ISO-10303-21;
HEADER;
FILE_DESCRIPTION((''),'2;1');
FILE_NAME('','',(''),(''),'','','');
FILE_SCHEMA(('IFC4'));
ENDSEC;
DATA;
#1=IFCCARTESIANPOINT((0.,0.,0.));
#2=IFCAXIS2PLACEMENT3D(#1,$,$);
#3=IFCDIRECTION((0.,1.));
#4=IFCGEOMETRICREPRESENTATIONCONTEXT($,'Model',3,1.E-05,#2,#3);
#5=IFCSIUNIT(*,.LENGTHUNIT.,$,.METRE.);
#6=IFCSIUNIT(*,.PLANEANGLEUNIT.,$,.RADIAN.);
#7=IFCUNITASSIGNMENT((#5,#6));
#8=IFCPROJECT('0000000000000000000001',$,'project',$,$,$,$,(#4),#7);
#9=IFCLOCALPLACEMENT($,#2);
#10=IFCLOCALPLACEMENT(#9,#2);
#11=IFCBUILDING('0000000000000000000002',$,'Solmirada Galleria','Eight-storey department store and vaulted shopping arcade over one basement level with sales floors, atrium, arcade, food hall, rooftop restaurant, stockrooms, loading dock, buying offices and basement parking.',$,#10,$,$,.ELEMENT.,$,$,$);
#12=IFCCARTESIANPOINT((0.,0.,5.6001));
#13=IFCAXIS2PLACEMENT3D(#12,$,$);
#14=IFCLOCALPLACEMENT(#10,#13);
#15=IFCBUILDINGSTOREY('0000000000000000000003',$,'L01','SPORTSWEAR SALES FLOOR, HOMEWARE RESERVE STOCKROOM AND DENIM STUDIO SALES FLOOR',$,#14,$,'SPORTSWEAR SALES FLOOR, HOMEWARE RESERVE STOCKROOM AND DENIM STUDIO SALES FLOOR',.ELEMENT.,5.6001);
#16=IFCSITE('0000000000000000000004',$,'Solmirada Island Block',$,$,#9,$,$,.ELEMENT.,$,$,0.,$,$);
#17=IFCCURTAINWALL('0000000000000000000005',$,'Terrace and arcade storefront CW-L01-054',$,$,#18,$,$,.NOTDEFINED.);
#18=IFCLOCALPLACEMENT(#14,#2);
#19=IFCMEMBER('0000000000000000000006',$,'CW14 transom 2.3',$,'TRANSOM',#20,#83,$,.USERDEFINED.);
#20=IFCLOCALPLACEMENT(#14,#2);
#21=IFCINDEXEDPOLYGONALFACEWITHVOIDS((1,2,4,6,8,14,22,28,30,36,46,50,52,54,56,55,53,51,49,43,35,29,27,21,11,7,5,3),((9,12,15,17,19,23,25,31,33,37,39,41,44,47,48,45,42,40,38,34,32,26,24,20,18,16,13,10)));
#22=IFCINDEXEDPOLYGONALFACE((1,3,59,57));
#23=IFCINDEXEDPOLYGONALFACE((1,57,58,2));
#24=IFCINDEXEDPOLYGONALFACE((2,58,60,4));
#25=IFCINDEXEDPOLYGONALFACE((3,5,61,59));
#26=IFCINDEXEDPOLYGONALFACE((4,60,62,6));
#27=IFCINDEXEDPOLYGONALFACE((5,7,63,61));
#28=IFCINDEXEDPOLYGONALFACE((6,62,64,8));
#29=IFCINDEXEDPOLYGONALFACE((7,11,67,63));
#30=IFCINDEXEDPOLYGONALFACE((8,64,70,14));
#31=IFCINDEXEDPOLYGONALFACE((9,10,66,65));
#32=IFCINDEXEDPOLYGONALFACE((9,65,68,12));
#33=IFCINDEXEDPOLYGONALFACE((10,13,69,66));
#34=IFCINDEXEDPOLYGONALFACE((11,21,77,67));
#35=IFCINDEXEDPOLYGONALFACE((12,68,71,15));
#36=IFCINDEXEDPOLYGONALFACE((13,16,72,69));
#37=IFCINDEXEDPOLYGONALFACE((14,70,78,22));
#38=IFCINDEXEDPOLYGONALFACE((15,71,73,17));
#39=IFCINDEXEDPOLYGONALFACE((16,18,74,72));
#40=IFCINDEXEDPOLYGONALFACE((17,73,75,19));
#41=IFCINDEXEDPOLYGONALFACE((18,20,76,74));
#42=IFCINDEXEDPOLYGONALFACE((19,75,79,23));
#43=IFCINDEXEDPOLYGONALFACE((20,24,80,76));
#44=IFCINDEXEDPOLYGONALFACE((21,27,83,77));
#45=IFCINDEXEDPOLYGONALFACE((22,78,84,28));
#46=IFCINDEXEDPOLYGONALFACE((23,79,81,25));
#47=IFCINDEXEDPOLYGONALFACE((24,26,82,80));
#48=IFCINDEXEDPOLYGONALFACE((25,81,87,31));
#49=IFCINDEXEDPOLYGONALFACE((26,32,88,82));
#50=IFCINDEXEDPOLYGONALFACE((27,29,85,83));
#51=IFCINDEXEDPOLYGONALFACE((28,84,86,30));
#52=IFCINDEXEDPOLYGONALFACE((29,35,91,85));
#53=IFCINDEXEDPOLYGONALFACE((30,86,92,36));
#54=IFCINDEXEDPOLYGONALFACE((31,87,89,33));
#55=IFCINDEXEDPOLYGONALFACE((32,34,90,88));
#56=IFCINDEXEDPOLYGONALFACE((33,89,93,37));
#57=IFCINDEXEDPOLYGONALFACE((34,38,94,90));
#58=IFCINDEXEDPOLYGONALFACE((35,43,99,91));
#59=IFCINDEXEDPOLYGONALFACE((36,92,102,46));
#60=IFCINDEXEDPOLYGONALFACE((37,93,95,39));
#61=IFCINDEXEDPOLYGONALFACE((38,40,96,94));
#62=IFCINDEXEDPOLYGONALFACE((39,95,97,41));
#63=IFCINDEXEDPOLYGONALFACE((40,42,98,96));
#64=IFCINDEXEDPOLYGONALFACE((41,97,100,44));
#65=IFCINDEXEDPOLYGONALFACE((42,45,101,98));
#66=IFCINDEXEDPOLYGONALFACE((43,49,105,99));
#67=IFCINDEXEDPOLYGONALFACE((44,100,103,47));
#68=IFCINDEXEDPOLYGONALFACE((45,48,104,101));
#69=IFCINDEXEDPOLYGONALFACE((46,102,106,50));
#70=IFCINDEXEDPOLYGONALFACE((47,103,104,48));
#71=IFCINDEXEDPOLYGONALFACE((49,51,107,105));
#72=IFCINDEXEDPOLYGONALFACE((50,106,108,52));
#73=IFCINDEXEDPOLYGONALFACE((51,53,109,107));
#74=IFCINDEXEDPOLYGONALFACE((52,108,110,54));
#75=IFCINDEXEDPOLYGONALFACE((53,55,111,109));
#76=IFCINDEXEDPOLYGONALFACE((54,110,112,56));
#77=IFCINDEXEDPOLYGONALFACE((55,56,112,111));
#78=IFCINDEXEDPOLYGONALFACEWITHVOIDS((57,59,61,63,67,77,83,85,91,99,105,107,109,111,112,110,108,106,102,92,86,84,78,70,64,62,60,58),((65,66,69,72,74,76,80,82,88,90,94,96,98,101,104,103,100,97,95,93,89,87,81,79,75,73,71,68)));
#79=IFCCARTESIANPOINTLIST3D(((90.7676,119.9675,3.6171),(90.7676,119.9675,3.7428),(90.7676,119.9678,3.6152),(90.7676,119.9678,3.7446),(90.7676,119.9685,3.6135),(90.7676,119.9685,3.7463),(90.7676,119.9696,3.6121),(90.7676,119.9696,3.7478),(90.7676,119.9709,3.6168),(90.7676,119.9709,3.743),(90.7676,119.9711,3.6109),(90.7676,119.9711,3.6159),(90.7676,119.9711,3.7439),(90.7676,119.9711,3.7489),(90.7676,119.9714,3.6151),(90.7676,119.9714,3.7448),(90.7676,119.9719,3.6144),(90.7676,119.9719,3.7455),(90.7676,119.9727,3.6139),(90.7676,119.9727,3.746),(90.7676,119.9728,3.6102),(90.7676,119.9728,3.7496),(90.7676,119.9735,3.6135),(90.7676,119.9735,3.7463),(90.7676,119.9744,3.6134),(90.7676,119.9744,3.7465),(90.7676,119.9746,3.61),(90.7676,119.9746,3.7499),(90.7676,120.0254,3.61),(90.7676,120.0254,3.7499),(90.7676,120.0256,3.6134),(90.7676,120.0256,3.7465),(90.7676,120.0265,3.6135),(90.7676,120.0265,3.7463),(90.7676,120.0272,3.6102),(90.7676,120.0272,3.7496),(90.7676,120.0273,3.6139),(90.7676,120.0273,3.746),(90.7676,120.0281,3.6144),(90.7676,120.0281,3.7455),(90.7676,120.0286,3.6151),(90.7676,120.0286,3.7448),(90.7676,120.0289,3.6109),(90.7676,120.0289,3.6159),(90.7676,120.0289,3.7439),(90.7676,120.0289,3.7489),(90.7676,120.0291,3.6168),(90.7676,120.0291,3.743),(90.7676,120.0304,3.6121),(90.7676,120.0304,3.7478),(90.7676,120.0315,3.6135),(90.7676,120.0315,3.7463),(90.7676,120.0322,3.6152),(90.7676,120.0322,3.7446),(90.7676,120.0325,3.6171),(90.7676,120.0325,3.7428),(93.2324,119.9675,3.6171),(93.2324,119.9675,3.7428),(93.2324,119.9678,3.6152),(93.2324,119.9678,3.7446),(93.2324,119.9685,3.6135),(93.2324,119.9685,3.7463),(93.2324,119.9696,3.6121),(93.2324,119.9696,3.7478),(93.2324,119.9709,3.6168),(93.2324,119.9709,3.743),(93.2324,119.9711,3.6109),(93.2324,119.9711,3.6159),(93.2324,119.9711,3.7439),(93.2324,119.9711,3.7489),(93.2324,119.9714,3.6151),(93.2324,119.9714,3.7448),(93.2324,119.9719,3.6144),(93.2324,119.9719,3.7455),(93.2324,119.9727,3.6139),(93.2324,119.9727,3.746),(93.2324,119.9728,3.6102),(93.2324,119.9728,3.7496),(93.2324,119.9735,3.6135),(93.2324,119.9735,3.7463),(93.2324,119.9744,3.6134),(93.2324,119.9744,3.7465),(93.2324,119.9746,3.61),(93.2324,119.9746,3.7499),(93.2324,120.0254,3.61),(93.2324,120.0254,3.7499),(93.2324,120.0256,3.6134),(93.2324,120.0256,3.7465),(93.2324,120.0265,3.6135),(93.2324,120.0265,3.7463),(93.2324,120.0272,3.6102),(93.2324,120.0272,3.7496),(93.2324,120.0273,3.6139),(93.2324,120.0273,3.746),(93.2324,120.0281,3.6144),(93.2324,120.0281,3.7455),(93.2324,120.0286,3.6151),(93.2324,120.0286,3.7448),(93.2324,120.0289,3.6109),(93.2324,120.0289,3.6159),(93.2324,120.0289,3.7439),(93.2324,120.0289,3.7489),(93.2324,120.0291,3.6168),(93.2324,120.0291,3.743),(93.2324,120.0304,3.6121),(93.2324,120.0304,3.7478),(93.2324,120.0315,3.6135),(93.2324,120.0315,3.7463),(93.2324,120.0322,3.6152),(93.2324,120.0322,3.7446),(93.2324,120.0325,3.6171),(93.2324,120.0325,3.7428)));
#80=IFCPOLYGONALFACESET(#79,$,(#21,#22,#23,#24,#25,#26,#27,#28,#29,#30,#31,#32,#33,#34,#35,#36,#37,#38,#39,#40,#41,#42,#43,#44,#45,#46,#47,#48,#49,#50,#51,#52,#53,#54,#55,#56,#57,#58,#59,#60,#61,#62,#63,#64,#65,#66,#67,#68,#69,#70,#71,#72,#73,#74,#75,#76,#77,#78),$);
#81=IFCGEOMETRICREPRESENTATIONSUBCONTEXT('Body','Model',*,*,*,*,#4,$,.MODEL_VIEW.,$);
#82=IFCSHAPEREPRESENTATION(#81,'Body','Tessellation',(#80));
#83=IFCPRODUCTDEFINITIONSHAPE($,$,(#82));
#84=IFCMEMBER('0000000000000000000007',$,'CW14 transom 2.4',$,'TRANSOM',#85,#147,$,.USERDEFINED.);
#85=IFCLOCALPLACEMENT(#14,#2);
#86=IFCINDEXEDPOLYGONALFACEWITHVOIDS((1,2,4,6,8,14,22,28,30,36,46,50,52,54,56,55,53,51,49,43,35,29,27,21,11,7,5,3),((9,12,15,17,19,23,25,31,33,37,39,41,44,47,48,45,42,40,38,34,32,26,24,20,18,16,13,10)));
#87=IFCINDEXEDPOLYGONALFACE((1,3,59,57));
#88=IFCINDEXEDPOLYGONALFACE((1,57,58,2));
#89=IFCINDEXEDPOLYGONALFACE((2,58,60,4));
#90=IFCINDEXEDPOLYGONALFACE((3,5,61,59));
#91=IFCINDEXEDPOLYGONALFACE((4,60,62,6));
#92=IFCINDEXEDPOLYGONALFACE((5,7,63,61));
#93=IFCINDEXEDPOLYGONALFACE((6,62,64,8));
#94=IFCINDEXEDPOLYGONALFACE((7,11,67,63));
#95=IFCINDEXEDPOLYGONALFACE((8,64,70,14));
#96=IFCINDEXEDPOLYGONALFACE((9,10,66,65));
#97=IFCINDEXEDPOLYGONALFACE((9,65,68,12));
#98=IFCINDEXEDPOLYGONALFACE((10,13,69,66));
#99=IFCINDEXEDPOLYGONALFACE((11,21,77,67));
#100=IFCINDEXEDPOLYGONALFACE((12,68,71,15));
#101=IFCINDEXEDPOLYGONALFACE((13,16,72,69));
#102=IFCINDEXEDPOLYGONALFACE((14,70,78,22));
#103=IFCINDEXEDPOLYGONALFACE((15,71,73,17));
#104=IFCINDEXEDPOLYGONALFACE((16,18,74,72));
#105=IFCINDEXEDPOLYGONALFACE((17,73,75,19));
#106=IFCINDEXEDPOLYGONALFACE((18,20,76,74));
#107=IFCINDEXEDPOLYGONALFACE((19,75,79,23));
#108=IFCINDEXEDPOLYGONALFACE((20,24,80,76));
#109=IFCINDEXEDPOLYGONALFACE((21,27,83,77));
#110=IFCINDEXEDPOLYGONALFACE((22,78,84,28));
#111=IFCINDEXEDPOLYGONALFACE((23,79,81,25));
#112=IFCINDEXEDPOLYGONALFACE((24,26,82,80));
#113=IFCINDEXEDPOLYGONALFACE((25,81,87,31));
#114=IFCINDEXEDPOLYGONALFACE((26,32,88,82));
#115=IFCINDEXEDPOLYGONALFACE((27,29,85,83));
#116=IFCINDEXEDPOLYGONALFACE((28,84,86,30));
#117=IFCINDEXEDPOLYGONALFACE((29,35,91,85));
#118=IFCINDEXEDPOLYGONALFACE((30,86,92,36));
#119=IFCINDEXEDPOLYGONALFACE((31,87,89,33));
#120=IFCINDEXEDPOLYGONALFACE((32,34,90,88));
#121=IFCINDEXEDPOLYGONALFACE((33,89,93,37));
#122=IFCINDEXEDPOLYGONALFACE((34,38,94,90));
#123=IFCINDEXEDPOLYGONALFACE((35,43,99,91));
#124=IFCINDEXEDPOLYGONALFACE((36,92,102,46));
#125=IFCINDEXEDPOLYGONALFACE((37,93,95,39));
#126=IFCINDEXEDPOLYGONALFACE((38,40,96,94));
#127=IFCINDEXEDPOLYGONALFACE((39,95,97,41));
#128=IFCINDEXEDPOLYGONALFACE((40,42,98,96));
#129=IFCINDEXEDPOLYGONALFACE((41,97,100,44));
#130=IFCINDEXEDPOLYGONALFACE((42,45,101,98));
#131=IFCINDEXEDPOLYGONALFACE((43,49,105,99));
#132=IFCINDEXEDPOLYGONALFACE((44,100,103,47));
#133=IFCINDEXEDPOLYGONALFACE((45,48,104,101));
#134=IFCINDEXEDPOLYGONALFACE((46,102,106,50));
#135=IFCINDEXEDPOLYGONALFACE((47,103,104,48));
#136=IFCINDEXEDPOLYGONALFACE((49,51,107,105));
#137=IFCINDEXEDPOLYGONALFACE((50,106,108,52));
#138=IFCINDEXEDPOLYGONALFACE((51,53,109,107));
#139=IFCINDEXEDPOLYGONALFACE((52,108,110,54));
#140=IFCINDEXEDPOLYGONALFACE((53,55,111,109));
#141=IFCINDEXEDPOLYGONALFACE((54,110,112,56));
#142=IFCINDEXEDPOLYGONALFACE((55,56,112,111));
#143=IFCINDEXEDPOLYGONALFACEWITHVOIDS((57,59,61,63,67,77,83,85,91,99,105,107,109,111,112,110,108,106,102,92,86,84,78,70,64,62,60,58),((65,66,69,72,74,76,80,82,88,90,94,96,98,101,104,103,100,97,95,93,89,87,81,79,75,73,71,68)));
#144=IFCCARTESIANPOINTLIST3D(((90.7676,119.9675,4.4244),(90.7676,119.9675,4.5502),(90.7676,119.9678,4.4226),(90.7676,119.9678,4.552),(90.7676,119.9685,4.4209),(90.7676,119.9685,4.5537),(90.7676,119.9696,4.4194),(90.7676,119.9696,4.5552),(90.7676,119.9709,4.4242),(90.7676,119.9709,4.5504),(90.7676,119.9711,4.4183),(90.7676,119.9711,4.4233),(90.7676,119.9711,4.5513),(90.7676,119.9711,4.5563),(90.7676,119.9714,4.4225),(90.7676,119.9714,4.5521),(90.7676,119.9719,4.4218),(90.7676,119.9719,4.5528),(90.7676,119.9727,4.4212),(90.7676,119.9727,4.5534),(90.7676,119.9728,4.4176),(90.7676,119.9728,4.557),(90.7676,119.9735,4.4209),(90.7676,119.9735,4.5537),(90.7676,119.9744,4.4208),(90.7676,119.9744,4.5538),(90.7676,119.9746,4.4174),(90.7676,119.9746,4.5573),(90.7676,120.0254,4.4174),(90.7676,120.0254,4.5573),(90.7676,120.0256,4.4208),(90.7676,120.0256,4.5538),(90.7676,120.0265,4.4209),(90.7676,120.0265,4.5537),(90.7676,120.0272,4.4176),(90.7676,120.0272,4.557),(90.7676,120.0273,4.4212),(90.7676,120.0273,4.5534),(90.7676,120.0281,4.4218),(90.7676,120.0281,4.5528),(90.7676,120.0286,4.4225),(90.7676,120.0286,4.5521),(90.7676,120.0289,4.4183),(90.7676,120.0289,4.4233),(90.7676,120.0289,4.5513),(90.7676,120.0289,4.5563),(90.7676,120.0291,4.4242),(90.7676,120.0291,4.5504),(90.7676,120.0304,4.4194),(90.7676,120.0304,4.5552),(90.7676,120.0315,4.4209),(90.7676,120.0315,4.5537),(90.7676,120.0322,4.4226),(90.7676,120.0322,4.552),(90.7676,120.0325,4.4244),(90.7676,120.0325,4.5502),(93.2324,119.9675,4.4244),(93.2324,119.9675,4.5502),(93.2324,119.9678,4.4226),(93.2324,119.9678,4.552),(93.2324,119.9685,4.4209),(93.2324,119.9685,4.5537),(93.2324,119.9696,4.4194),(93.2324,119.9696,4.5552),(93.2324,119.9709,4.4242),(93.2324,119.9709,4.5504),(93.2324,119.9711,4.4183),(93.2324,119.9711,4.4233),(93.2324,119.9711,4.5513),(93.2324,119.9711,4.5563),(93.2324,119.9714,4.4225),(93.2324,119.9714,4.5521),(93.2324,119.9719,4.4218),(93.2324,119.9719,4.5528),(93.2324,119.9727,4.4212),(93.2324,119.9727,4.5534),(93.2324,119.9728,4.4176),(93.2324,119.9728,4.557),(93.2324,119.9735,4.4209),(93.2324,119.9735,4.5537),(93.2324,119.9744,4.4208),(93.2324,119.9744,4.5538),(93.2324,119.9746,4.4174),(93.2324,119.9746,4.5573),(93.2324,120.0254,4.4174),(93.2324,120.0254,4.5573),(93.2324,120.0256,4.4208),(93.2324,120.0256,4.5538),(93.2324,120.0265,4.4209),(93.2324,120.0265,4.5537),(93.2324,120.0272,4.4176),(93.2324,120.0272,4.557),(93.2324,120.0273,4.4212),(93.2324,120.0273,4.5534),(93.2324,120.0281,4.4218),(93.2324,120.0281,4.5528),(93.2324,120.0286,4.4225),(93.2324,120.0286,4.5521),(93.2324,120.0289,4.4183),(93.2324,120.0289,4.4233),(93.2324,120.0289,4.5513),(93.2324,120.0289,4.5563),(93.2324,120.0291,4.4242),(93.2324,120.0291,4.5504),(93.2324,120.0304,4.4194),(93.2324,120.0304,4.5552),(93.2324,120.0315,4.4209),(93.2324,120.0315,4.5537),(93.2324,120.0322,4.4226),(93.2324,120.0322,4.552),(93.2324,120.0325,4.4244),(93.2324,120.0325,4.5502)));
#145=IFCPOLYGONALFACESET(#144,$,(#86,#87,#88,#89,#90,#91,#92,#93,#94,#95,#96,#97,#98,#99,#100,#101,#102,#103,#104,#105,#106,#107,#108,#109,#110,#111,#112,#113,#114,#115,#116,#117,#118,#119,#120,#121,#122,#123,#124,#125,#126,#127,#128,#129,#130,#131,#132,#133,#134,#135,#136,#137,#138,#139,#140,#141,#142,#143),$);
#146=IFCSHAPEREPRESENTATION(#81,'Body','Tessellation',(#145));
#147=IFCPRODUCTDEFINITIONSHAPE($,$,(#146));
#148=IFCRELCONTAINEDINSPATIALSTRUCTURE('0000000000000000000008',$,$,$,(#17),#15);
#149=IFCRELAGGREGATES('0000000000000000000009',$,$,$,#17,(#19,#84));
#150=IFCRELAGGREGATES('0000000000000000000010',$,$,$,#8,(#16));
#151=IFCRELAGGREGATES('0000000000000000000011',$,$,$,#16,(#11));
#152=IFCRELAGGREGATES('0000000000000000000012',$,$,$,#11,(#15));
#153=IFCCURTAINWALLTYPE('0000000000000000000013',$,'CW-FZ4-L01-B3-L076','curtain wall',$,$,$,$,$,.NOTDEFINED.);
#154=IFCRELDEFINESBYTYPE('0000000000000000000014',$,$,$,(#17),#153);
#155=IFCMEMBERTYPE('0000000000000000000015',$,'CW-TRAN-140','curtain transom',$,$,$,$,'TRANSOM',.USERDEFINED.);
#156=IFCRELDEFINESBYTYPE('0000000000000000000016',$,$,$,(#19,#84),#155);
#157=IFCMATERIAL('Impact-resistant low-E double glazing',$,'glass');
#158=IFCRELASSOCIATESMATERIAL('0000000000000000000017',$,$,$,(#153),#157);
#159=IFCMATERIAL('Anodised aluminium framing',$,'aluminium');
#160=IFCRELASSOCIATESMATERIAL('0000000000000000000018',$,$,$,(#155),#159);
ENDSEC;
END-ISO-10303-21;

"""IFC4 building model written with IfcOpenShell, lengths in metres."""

from ifc_helpers import new_model, si_unit, direction, frame, origin, origin_2d, place, context, subcontext, project, spatial, hollow_rectangle, extrude, material, material_profile, profile_set, type_object, element, aggregate, save


model = new_model("IFC4")

# Units and contexts
model_context = context("Model", 3, precision=1e-05, world=origin(), true_north=direction((0.0, 1.0)))
body_context = subcontext(model_context, "Body", "Model", "MODEL_VIEW")
ifc_project = project(units=[si_unit("LENGTHUNIT", "METRE"), si_unit("PLANEANGLEUNIT", "RADIAN")], contexts=[model_context])

# Site, building, storey
site_placement = place(None, origin())
site = spatial("IfcSite", under=ifc_project, at=site_placement, Name="Solmirada Island Block", CompositionType="ELEMENT", RefElevation=0.0)
building_placement = place(site_placement, origin())
building = spatial("IfcBuilding", under=site, at=building_placement, Name="Solmirada Galleria", Description="Eight-storey department store and vaulted shopping arcade over one basement level with sales floors, atrium, arcade, food hall, rooftop restaurant, stockrooms, loading dock, buying offices and basement parking.", CompositionType="ELEMENT")
storey_placement = place(building_placement, frame((0.0, 0.0, 5.6001)))
storey = spatial("IfcBuildingStorey", under=building, at=storey_placement, Name="L01", Description="SPORTSWEAR SALES FLOOR, HOMEWARE RESERVE STOCKROOM AND DENIM STUDIO SALES FLOOR", LongName="SPORTSWEAR SALES FLOOR, HOMEWARE RESERVE STOCKROOM AND DENIM STUDIO SALES FLOOR", CompositionType="ELEMENT", Elevation=5.6001)

# Shared definitions
ifc_material_1 = material(Name="Impact-resistant low-E double glazing", Category="glass")
curtain_wall_type = type_object("IfcCurtainWallType", Name="CW-FZ4-L01-B3-L076", Description="curtain wall", PredefinedType="NOTDEFINED", material=ifc_material_1)
ifc_material_2 = material(Name="Anodised aluminium framing", Category="aluminium")

# Curtain wall, members
curtain_wall_1_placement = place(storey_placement, origin())
curtain_wall_1 = element("IfcCurtainWall", 1, at=curtain_wall_1_placement, inside=storey, type_object=curtain_wall_type, Name="Terrace and arcade storefront CW-L01-054", PredefinedType="NOTDEFINED")
ifc_material_profile_1 = material_profile(ifc_material_2, hollow_rectangle(XDim=0.0649, YDim=0.1399, WallThickness=0.0034, InnerFilletRadius=0.0034, OuterFilletRadius=0.0071, at=origin_2d()), Name="ALU-TRAN-140X65")
ifc_profile_set_1 = profile_set([ifc_material_profile_1], Name="Anodised aluminium framing")
member_type_1 = type_object("IfcMemberType", Name="CW-TRAN-140", Description="curtain transom", ElementType="TRANSOM", PredefinedType="USERDEFINED", material=ifc_profile_set_1)
member_1_placement = place(storey_placement, frame((90.7676, 120.0, 3.6799), z_axis=(1.0, 0.0, 0.0), x_axis=(0.0, 1.0, 0.0)))
member_1 = element("IfcMember", 2, at=member_1_placement, type_object=member_type_1, Name="CW14 transom 2.3", ObjectType="TRANSOM", PredefinedType="USERDEFINED", context=body_context, shape_type="SweptSolid", body=[
    extrude(hollow_rectangle(XDim=0.0649, YDim=0.1399, WallThickness=0.0034, InnerFilletRadius=0.0034, OuterFilletRadius=0.0071, at=origin_2d()), origin(), (0.0, 0.0, 1.0), 2.4648),
])
member_2_placement = place(storey_placement, frame((90.7676, 120.0, 4.4873), z_axis=(1.0, 0.0, 0.0), x_axis=(0.0, 1.0, 0.0)))
member_2 = element("IfcMember", 3, at=member_2_placement, type_object=member_type_1, Name="CW14 transom 2.4", ObjectType="TRANSOM", PredefinedType="USERDEFINED", context=body_context, shape_type="SweptSolid", body=[
    extrude(hollow_rectangle(XDim=0.0649, YDim=0.1399, WallThickness=0.0034, InnerFilletRadius=0.0034, OuterFilletRadius=0.0071, at=origin_2d()), origin(), (0.0, 0.0, 1.0), 2.4648),
])
aggregate(curtain_wall_1, [member_1, member_2])

save(model, "model.ifc")
